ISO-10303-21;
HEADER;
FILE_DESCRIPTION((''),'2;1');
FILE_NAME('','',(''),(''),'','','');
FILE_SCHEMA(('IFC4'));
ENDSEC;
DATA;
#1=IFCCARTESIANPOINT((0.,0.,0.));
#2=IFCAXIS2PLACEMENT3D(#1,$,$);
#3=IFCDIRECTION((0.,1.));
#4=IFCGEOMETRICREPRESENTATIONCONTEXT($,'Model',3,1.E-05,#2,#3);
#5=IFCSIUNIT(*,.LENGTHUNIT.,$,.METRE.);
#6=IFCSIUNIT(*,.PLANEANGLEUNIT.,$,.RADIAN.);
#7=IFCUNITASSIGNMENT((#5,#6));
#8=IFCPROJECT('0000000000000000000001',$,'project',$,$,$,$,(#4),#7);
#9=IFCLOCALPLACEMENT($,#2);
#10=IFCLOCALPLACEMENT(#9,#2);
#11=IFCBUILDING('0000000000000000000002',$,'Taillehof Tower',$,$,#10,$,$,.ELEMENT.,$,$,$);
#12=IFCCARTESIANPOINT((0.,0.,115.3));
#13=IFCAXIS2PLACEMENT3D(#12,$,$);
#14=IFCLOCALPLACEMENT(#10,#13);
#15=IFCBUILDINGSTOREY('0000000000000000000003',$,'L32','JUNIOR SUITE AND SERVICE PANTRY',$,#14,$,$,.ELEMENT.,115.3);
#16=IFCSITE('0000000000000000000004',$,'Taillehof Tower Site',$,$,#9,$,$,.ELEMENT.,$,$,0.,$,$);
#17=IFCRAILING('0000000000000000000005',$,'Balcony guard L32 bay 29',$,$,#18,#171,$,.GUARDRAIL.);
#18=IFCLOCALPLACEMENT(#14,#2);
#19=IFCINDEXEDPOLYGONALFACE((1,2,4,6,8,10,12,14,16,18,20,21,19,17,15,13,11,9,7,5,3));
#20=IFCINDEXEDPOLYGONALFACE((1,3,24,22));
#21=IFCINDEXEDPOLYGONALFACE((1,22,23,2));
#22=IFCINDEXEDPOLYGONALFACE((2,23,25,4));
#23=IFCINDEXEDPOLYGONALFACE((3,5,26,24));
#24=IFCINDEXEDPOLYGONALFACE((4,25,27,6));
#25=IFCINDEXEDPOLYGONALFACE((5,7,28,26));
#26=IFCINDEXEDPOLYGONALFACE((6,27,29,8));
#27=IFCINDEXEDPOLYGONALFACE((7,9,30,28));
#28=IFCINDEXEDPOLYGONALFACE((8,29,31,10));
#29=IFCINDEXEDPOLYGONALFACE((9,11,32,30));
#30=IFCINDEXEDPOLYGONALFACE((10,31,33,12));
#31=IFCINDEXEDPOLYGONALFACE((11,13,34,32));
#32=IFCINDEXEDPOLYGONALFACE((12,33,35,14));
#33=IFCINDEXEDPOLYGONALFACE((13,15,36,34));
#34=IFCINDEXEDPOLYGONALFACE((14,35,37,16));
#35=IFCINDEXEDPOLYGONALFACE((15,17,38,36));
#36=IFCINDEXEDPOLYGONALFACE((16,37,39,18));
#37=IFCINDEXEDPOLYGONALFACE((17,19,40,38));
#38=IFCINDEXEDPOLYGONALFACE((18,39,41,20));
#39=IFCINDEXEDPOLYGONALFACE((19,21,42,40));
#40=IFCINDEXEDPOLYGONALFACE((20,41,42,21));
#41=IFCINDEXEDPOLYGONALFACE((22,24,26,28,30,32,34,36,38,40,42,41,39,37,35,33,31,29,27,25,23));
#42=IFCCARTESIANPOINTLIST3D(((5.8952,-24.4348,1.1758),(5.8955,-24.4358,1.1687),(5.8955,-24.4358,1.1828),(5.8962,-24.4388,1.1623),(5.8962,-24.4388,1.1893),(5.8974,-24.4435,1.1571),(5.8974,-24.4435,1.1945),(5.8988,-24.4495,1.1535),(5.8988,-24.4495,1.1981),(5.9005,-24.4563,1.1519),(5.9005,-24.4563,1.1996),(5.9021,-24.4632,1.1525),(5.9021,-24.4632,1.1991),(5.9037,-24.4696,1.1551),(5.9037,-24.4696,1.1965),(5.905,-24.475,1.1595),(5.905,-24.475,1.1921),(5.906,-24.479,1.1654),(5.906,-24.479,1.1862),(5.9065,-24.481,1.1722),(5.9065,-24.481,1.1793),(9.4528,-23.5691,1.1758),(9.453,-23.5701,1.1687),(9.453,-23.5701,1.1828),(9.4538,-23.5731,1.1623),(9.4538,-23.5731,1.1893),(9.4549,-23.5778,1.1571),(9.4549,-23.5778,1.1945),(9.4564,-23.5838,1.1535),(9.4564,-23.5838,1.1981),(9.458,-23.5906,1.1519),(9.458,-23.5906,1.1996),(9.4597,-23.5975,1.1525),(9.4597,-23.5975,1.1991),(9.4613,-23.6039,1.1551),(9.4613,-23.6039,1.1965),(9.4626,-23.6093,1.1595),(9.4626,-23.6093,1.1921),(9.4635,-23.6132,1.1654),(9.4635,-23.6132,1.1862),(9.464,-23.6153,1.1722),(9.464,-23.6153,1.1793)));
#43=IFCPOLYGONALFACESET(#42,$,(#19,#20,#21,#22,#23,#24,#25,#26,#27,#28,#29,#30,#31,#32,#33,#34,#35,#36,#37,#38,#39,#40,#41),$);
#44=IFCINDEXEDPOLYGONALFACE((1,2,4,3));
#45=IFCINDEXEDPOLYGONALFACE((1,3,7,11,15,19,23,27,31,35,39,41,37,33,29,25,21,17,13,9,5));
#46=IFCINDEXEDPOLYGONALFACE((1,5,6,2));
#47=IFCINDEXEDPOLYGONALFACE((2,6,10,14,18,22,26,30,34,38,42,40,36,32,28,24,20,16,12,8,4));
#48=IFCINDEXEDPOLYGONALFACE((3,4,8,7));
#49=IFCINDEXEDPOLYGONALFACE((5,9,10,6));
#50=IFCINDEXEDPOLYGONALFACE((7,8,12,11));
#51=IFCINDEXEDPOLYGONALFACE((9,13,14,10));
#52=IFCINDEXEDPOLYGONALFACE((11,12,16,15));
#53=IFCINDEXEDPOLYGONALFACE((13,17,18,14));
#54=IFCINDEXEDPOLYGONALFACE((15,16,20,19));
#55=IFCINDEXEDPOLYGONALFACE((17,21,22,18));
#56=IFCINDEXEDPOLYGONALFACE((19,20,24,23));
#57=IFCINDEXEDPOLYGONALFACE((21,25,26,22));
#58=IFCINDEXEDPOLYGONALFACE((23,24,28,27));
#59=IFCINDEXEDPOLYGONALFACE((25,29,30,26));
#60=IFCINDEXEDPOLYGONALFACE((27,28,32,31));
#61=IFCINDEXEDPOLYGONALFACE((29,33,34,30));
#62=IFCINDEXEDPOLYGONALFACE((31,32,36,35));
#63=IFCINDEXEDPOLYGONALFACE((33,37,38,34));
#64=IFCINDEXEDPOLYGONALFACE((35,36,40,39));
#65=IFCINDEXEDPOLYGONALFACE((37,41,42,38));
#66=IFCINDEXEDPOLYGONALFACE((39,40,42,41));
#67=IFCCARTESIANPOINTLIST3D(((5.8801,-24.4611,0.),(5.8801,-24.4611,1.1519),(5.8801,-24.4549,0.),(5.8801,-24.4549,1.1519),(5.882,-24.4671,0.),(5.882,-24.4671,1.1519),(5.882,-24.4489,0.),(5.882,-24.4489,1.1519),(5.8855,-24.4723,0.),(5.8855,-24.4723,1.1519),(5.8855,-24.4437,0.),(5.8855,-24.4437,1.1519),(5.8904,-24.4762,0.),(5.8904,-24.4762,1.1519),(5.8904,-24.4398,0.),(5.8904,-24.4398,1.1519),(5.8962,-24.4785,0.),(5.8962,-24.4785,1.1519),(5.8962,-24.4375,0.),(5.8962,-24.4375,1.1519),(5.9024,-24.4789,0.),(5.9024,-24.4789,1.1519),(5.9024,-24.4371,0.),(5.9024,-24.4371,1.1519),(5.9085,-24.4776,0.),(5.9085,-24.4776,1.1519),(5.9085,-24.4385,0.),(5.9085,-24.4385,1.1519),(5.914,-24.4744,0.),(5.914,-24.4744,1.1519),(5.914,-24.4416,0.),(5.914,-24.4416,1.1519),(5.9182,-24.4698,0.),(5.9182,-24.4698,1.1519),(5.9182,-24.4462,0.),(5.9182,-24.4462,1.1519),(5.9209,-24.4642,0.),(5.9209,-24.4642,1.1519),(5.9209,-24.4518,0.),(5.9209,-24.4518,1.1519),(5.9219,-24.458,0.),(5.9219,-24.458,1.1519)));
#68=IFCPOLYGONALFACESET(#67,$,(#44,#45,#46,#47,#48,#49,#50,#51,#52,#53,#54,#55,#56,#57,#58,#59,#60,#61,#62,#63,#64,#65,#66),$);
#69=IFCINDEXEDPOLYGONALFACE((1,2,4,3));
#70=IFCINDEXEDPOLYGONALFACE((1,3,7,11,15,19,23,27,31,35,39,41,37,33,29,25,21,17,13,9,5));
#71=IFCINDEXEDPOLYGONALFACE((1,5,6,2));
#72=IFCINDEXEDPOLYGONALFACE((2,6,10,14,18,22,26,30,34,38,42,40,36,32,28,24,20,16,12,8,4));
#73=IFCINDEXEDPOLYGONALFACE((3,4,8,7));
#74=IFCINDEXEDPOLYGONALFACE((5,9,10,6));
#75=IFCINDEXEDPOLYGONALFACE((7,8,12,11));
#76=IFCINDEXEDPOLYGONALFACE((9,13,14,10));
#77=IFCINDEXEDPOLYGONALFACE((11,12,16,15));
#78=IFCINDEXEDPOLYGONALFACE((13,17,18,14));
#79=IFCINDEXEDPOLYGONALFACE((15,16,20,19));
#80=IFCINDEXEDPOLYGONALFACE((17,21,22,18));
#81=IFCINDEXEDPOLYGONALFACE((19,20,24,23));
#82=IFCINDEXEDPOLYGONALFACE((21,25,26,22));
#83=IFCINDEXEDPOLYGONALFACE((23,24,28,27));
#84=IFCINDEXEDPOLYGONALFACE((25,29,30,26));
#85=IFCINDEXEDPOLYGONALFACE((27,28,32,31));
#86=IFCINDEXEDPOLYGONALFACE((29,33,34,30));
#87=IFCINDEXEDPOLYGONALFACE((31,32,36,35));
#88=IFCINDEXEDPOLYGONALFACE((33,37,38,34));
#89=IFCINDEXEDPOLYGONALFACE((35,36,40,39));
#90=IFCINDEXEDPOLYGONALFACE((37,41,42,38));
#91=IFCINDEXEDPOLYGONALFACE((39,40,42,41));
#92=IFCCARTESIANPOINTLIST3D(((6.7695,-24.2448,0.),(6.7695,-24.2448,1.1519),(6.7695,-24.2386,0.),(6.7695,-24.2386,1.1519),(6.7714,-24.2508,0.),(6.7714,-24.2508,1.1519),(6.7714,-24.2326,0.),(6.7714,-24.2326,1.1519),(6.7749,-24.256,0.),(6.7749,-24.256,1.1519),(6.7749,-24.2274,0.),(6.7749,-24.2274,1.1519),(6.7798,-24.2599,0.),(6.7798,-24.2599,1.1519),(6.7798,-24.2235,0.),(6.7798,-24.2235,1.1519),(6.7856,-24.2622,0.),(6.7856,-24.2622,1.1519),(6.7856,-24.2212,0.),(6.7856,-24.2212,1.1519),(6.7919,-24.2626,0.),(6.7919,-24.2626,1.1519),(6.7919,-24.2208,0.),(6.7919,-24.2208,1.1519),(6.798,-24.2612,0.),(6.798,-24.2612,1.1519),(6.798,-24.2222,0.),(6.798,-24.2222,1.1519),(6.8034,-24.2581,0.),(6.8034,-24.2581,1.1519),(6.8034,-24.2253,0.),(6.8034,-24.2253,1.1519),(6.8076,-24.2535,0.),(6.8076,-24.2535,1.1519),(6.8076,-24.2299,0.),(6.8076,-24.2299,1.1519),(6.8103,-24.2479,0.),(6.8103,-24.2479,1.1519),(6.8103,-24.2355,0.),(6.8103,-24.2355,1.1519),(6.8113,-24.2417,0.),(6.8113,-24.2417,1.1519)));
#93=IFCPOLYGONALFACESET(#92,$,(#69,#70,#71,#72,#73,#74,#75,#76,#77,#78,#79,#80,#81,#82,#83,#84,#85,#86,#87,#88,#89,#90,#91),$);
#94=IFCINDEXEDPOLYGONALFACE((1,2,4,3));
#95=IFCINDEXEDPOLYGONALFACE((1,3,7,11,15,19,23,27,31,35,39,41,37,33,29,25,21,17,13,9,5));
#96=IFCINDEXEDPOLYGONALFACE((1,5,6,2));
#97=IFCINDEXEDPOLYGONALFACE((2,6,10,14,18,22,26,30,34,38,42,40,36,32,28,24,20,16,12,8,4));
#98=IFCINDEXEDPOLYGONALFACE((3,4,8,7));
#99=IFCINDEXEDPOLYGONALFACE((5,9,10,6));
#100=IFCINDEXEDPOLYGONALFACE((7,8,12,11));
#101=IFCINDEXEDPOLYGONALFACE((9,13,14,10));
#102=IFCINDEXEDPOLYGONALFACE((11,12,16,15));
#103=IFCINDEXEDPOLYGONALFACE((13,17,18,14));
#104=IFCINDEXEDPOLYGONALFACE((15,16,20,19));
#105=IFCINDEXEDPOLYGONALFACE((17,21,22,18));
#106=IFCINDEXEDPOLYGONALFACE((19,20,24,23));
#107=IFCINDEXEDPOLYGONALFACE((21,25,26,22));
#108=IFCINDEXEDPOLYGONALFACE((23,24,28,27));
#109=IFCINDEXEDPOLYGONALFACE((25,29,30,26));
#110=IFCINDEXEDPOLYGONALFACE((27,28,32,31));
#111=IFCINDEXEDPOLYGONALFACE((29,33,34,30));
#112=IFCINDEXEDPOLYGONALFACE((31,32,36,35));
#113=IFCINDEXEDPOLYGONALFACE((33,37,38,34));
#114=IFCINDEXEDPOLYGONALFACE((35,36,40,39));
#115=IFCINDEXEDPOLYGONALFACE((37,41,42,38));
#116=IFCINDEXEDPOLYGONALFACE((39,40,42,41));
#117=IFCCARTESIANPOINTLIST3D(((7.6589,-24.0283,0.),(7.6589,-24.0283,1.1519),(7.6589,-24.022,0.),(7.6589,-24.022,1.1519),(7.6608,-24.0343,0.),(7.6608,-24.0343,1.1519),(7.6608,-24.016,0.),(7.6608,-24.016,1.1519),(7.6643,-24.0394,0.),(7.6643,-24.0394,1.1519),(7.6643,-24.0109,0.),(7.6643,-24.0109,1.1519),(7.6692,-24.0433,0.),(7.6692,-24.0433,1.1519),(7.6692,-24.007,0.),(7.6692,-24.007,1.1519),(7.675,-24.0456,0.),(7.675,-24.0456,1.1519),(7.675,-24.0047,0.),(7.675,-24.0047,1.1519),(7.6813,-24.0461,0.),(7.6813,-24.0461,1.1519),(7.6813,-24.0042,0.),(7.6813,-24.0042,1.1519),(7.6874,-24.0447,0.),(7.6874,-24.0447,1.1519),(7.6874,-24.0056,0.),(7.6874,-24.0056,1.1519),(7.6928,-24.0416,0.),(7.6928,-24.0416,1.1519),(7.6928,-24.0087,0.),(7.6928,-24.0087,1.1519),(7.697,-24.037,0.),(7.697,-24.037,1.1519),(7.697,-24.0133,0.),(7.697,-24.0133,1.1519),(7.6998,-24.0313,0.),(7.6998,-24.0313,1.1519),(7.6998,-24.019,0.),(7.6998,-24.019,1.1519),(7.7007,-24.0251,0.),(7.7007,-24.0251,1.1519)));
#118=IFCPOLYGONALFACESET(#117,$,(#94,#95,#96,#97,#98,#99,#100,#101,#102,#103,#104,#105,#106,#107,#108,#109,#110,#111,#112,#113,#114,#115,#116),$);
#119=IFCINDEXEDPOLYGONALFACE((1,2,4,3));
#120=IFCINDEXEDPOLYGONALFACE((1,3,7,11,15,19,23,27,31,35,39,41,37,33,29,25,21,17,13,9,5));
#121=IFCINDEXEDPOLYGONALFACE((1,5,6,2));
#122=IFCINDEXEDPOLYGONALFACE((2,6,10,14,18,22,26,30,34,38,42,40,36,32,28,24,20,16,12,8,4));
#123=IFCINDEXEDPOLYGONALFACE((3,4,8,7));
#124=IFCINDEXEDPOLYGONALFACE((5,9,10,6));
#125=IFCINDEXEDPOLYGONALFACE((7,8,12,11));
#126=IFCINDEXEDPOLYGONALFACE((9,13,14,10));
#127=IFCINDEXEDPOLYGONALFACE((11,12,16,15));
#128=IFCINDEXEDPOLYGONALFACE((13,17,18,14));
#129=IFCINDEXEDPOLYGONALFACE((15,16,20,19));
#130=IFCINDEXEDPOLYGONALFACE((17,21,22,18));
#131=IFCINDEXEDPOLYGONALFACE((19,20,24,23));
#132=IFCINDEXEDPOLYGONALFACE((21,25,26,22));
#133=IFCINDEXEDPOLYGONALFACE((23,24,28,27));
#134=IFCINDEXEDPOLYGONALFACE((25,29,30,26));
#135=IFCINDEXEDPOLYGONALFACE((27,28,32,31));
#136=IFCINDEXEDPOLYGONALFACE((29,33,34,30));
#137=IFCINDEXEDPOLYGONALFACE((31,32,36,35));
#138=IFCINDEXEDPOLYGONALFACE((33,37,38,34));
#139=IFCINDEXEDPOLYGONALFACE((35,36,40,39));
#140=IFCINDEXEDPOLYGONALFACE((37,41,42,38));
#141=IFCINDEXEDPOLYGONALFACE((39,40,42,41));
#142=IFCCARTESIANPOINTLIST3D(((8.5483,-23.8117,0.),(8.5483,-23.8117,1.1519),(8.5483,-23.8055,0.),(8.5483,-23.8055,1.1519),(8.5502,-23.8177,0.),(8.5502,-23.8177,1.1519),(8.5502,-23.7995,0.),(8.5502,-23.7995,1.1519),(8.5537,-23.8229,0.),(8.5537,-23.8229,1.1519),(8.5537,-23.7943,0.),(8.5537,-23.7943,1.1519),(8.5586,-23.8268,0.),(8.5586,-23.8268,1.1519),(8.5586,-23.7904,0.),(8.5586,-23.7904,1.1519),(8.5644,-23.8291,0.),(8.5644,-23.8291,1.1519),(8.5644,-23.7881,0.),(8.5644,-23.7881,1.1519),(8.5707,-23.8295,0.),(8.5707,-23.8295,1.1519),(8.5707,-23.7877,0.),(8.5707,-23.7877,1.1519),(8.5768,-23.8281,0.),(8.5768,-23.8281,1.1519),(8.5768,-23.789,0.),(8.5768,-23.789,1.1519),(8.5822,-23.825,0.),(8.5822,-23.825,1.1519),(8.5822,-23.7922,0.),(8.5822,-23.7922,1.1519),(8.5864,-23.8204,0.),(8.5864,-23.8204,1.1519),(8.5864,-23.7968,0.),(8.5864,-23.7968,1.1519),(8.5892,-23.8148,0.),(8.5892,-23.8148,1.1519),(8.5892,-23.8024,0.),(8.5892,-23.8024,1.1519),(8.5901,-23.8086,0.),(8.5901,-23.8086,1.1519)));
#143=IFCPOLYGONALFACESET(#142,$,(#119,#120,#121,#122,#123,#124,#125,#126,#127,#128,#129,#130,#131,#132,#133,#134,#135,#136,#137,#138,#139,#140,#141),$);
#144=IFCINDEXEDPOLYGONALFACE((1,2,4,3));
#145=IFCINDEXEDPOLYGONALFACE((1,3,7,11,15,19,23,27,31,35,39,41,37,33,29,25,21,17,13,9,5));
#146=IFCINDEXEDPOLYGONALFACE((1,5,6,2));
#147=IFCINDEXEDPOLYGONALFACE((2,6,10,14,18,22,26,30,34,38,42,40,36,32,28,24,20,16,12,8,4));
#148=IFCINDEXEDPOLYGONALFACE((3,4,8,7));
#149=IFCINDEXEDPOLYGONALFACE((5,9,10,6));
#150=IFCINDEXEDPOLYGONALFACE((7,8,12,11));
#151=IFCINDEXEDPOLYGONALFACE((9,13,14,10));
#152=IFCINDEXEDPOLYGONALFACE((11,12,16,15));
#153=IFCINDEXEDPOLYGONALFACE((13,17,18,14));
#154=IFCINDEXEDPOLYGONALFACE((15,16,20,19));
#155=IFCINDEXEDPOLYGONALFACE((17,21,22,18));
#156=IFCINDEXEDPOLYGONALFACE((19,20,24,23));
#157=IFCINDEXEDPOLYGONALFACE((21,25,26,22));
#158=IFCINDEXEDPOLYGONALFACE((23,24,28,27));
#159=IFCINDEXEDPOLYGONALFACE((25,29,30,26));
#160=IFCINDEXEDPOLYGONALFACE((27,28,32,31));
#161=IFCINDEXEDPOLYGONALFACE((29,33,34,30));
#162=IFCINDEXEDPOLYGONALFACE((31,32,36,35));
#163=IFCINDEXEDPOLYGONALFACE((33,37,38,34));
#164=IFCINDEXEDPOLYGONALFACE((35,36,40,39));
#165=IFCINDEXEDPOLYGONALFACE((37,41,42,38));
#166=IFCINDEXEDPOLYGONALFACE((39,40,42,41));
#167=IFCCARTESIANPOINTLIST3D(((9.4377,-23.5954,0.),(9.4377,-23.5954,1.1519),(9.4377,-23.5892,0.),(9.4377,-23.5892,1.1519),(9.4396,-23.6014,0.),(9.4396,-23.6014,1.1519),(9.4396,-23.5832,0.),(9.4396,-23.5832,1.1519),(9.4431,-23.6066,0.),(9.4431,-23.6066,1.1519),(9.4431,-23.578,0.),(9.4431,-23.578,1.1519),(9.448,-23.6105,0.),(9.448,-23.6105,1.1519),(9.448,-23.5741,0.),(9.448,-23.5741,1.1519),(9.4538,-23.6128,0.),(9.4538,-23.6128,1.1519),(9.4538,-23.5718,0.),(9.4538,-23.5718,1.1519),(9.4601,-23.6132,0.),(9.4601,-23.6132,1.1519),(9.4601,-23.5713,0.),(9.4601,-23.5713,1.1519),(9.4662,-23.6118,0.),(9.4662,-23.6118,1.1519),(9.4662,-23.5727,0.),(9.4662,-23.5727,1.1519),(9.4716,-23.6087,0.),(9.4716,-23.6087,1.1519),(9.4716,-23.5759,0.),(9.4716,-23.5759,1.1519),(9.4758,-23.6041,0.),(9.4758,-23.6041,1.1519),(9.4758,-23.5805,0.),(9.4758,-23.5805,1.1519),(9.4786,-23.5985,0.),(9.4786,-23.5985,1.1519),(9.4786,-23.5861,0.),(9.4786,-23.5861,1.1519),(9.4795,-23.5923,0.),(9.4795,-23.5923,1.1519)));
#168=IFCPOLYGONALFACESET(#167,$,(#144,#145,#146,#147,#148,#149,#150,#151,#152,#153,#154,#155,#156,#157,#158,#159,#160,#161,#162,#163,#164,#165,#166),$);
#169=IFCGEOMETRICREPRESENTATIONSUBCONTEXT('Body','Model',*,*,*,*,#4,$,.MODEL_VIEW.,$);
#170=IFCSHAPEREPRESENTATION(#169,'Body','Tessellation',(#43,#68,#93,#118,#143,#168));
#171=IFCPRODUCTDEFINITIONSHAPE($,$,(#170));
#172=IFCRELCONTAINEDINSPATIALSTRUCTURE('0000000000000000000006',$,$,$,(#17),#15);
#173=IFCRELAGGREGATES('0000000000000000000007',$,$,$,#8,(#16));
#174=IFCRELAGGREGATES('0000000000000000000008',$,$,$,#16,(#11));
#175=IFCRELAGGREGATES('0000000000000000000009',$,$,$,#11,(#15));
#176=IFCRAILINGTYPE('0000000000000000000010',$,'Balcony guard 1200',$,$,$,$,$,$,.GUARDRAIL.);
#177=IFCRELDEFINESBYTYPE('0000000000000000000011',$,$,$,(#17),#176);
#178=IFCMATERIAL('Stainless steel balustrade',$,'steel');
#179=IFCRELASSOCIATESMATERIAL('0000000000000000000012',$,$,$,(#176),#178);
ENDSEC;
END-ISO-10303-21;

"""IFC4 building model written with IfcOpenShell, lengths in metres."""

from ifc_helpers import new_model, si_unit, direction, frame, origin, origin_2d, place, context, subcontext, project, spatial, circle, extrude, material, type_object, element, save


model = new_model("IFC4")

# Units and contexts
model_context = context("Model", 3, precision=1e-05, world=origin(), true_north=direction((0.0, 1.0)))
body_context = subcontext(model_context, "Body", "Model", "MODEL_VIEW")
ifc_project = project(units=[si_unit("LENGTHUNIT", "METRE"), si_unit("PLANEANGLEUNIT", "RADIAN")], contexts=[model_context])

# Site, building, storey
site_placement = place(None, origin())
site = spatial("IfcSite", under=ifc_project, at=site_placement, Name="Taillehof Tower Site", CompositionType="ELEMENT", RefElevation=0.0)
building_placement = place(site_placement, origin())
building = spatial("IfcBuilding", under=site, at=building_placement, Name="Taillehof Tower", CompositionType="ELEMENT")
storey_placement = place(building_placement, frame((0.0, 0.0, 115.3)))
storey = spatial("IfcBuildingStorey", under=building, at=storey_placement, Name="L32", Description="JUNIOR SUITE AND SERVICE PANTRY", CompositionType="ELEMENT", Elevation=115.3)

# Railing
ifc_material_1 = material(Name="Stainless steel balustrade", Category="steel")
railing_type = type_object("IfcRailingType", Name="Balcony guard 1200", PredefinedType="GUARDRAIL", material=ifc_material_1)
railing_1_placement = place(storey_placement, frame((5.9009, -24.458, 0.0)))
element("IfcRailing", 1, at=railing_1_placement, inside=storey, type_object=railing_type, Name="Balcony guard L32 bay 29", PredefinedType="GUARDRAIL", context=body_context, shape_type="SweptSolid", body=[
    extrude(circle(Radius=0.0239, at=origin_2d()), frame((0.0, 0.0, 1.1758), z_axis=(0.971645, 0.236443, 0.0), x_axis=(-0.236443, 0.971645, 0.0)), (0.0, 0.0, 1.0), 3.6614),
    extrude(circle(Radius=0.021, at=origin_2d()), origin(), (0.0, 0.0, 1.0), 1.1519),
    extrude(circle(Radius=0.021, at=origin_2d()), frame((0.8894, 0.2163, 0.0)), (0.0, 0.0, 1.0), 1.1519),
    extrude(circle(Radius=0.021, at=origin_2d()), frame((1.7788, 0.4329, 0.0)), (0.0, 0.0, 1.0), 1.1519),
    extrude(circle(Radius=0.021, at=origin_2d()), frame((2.6682, 0.6494, 0.0)), (0.0, 0.0, 1.0), 1.1519),
    extrude(circle(Radius=0.021, at=origin_2d()), frame((3.5576, 0.8657, 0.0)), (0.0, 0.0, 1.0), 1.1519),
])

save(model, "model.ifc")
